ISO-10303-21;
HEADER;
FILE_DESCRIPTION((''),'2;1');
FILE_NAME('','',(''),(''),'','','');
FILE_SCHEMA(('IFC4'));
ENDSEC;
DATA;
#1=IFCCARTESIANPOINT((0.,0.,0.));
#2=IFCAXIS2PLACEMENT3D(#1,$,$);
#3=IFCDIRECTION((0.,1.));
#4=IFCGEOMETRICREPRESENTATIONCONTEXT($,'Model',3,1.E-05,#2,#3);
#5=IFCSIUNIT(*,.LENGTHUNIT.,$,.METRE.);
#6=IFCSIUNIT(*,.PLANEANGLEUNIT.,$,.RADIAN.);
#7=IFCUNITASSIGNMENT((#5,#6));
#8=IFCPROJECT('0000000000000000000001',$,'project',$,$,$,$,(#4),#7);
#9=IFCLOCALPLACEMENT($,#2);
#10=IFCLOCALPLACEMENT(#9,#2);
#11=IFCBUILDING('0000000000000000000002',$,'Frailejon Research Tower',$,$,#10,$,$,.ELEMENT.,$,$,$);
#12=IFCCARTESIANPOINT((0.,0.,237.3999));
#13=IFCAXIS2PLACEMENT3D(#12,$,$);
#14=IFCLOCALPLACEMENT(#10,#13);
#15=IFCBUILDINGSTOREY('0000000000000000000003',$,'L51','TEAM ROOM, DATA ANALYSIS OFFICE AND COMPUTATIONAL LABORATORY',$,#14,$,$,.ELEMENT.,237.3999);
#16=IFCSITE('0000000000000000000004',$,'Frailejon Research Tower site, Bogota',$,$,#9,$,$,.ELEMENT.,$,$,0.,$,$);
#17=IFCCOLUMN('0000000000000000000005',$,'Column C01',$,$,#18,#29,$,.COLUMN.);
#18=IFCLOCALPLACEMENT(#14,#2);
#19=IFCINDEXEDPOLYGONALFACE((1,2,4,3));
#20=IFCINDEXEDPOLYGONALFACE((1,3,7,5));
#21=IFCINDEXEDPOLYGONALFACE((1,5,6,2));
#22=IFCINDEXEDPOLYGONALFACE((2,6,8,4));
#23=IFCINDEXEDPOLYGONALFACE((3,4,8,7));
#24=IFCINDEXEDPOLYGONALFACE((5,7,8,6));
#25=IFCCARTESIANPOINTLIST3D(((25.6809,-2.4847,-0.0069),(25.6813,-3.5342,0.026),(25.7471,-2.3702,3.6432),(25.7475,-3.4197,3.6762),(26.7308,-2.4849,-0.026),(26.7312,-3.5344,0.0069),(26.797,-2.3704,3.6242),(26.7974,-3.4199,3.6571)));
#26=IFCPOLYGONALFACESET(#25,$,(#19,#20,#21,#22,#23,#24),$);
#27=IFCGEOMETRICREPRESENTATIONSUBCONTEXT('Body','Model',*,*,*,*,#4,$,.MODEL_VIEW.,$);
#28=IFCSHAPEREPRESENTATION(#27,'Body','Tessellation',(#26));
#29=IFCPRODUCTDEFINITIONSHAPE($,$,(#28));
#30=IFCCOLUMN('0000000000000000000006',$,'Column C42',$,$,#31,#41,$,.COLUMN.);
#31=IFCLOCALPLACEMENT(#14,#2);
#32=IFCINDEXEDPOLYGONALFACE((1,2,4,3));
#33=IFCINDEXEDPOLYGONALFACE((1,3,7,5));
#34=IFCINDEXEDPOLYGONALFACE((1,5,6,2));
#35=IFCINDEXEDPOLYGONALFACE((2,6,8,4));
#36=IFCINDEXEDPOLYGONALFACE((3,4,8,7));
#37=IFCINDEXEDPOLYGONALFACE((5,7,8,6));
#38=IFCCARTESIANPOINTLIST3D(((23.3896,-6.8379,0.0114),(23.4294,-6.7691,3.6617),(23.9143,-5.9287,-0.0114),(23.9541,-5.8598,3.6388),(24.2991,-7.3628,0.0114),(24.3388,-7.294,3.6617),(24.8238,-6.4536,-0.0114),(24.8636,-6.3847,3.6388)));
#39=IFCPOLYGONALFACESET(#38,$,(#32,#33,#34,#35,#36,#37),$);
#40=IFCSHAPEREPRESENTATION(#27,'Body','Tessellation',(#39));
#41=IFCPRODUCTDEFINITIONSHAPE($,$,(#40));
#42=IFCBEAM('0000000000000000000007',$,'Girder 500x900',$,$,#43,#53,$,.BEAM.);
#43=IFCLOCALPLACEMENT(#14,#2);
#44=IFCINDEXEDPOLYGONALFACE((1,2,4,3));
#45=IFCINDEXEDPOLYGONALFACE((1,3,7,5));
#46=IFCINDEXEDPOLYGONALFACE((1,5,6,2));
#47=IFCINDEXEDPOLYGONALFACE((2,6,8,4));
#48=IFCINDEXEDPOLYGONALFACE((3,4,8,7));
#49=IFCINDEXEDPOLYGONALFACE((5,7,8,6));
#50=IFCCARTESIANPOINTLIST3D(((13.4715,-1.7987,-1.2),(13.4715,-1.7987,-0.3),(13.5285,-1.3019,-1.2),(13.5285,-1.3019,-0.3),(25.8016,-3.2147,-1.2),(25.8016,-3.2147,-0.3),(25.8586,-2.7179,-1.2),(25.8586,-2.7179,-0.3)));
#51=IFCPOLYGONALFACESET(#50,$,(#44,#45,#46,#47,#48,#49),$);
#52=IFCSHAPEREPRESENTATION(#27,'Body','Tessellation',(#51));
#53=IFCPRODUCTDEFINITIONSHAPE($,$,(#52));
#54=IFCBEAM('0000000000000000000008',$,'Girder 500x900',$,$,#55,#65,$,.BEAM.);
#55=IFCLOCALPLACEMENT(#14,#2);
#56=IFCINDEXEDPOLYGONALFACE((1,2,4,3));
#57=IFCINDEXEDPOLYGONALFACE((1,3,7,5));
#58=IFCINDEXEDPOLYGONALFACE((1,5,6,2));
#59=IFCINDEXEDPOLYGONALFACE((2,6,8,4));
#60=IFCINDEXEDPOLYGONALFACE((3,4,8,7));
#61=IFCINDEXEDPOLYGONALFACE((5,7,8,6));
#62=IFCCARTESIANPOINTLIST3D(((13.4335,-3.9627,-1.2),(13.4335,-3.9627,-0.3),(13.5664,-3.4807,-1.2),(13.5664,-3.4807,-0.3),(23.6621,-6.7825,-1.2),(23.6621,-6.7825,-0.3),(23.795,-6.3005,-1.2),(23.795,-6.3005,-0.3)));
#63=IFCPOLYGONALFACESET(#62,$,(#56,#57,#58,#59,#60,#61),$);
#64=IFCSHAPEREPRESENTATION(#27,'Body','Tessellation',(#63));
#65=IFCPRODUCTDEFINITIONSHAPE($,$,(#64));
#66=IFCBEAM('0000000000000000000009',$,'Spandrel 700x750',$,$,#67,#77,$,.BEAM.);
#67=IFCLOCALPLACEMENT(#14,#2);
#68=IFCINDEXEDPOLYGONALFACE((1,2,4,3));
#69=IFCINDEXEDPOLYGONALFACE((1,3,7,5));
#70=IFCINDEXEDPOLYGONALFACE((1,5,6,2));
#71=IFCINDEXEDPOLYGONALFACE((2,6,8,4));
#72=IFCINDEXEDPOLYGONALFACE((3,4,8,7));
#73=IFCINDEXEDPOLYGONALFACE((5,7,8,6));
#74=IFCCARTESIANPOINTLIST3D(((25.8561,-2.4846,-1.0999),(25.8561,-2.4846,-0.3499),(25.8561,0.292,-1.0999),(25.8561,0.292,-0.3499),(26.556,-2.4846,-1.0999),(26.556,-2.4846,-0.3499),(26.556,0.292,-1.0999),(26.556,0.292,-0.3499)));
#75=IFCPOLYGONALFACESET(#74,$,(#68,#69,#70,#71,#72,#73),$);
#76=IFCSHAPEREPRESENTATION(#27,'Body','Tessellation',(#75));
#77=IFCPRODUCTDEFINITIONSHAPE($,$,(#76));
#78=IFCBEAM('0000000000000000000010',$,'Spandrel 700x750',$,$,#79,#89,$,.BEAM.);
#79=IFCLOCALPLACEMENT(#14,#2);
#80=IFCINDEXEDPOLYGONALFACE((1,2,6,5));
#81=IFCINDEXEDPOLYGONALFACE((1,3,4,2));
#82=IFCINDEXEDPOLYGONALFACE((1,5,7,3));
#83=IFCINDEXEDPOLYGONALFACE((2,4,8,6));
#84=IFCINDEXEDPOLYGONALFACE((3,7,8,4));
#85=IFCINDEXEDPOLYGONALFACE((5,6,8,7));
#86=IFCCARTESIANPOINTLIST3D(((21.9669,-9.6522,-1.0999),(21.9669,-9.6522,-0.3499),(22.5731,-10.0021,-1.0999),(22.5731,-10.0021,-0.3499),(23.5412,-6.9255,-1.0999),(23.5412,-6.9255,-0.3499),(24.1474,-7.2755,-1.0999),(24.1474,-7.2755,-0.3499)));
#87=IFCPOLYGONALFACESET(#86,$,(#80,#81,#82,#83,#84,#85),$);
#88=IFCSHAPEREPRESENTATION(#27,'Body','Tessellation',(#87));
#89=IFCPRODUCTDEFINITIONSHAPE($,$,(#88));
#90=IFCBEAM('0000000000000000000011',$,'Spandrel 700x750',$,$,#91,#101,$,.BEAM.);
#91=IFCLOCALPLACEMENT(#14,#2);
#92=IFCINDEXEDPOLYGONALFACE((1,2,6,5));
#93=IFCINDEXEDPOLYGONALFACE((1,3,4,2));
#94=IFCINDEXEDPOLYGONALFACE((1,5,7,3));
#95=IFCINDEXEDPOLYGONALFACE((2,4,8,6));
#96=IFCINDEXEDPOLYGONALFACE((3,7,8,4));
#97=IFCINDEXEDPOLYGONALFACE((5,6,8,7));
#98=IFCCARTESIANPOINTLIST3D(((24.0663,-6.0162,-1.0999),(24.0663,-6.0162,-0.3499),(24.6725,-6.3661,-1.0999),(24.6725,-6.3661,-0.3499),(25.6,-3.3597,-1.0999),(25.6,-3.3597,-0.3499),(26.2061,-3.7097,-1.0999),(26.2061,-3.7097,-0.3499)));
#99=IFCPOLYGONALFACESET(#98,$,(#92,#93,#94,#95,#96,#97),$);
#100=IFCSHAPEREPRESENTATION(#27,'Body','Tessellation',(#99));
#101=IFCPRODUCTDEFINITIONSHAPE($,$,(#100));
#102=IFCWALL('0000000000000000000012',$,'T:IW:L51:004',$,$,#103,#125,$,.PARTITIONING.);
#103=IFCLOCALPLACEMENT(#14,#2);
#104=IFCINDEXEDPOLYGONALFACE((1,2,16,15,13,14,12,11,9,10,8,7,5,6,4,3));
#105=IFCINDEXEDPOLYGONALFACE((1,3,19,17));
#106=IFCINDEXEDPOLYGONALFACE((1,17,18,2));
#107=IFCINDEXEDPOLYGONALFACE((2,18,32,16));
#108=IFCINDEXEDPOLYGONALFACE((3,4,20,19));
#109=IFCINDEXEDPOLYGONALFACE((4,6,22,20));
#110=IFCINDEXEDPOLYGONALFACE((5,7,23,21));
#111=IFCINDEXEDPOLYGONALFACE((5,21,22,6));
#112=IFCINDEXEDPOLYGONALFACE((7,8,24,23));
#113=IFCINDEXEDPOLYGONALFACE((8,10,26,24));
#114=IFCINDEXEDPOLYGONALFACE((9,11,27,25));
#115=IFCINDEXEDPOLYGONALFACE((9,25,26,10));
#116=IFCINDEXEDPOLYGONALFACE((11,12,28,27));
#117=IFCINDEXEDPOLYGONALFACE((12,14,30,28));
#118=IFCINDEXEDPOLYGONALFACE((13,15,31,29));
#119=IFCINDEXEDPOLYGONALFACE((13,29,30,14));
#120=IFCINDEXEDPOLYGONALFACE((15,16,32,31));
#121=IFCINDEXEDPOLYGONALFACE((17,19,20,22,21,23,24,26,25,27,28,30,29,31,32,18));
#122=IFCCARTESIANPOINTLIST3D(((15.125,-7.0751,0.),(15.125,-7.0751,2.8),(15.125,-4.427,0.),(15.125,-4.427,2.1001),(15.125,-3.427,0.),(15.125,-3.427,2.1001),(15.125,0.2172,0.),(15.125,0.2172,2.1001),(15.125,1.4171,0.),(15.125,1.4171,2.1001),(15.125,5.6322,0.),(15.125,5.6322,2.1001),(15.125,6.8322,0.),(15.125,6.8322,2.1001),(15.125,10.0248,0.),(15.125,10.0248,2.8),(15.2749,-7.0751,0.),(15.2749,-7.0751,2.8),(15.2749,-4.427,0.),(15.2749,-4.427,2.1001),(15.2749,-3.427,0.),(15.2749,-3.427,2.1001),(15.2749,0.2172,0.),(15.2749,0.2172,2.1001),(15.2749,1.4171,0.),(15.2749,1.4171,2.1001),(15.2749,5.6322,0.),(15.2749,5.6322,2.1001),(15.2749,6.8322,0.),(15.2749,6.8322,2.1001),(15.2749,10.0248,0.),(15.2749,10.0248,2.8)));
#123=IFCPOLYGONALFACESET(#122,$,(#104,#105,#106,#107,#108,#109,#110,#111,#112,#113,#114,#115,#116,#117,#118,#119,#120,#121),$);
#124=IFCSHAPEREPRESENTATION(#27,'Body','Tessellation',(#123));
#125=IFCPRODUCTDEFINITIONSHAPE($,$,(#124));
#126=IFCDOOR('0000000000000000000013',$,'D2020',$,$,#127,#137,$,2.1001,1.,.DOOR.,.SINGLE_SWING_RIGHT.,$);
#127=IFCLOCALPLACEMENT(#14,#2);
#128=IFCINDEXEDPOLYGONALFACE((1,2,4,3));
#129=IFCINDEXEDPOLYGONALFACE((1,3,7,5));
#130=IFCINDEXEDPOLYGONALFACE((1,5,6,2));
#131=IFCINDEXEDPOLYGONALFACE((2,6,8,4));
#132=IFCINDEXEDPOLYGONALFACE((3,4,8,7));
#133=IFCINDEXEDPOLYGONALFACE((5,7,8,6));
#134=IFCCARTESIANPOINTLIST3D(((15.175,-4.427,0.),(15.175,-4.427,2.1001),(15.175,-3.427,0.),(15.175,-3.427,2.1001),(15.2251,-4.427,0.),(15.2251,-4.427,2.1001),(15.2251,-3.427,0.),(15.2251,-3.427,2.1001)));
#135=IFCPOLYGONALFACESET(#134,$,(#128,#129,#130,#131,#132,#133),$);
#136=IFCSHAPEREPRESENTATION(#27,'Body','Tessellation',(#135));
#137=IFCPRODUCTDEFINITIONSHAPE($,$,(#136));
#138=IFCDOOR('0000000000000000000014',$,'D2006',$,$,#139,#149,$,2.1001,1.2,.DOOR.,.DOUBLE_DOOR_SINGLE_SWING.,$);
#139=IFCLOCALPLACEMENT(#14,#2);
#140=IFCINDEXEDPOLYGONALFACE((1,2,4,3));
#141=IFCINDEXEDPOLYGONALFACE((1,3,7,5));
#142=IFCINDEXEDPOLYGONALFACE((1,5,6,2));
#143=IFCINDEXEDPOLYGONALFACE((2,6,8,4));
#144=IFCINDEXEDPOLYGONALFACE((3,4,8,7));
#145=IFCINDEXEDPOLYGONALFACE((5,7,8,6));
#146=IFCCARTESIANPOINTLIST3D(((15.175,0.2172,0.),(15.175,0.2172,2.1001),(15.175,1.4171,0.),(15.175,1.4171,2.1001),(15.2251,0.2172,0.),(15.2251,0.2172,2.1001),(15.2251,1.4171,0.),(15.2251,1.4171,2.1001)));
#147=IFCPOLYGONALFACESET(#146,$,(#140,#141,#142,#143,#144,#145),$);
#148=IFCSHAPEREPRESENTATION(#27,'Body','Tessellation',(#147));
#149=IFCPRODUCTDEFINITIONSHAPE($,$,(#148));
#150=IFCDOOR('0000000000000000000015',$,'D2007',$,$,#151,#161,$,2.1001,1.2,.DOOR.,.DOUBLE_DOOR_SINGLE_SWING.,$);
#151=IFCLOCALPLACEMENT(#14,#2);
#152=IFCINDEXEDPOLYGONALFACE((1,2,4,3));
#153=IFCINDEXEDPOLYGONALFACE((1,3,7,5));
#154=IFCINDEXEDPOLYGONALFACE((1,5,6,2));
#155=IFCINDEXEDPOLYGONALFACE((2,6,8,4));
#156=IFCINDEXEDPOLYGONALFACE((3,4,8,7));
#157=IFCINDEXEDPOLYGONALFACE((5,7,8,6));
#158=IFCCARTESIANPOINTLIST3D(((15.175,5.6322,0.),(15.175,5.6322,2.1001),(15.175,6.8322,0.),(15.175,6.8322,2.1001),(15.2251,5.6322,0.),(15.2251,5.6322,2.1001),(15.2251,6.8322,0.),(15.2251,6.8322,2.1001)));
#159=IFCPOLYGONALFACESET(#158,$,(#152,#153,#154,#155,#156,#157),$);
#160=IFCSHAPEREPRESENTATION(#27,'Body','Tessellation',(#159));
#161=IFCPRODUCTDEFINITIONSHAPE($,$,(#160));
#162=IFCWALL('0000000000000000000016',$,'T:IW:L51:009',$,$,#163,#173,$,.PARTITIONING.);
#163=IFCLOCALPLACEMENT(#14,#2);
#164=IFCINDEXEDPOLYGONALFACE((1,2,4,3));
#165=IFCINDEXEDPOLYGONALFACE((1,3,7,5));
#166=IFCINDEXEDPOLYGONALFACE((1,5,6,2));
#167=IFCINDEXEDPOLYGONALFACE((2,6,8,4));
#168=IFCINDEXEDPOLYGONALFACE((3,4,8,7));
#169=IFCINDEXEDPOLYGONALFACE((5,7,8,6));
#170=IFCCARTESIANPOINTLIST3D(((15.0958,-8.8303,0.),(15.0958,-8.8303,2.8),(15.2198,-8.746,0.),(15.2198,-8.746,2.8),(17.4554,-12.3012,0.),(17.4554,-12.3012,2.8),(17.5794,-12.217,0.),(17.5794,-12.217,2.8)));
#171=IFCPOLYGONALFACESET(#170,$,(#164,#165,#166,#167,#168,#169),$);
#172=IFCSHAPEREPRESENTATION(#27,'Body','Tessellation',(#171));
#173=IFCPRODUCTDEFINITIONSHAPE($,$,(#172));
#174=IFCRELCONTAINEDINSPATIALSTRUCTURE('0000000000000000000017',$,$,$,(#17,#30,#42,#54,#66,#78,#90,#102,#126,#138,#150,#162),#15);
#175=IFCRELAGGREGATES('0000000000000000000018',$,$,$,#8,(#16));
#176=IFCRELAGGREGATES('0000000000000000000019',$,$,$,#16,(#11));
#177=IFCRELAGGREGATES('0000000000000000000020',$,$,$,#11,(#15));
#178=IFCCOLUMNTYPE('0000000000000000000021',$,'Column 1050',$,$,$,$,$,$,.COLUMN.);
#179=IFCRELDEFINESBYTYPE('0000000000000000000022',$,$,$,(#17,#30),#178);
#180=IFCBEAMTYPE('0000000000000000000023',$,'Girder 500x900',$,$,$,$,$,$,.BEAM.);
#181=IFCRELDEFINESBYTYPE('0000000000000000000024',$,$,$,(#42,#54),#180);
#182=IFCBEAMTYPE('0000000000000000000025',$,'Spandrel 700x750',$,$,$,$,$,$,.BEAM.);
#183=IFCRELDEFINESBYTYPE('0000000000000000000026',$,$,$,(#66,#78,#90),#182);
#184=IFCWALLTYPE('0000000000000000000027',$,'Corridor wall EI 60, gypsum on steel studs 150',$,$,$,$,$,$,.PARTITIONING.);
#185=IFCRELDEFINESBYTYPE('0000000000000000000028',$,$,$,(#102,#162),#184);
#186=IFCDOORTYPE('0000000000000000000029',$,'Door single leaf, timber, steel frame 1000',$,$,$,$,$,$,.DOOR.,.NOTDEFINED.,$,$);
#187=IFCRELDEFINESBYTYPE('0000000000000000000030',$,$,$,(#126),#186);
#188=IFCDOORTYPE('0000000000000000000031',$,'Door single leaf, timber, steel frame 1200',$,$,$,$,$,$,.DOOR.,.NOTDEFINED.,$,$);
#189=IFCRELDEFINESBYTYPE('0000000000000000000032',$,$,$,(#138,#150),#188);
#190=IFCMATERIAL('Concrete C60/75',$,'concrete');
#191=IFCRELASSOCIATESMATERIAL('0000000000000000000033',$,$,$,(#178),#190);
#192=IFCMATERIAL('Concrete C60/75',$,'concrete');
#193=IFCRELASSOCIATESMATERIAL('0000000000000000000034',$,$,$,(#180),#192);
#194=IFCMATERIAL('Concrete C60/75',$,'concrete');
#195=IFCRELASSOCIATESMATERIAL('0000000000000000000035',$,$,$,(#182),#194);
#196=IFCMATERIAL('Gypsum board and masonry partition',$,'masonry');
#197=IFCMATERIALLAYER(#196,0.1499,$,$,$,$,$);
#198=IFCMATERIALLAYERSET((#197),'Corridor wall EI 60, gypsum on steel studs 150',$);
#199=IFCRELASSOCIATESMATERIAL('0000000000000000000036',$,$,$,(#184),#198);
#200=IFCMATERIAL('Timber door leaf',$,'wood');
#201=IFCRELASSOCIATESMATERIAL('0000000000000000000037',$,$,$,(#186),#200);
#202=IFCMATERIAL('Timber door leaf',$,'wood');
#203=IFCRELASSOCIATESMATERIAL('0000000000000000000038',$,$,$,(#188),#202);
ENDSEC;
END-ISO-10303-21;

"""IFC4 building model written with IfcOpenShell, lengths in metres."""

from ifc_helpers import new_model, si_unit, direction, frame, frame_2d, origin, origin_2d, place, context, subcontext, project, spatial, rectangle, extrude, material, layer, layer_set, material_profile, profile_set, type_object, element, fill, save


model = new_model("IFC4")

# Units and contexts
model_context = context("Model", 3, precision=1e-05, world=origin(), true_north=direction((0.0, 1.0)))
body_context = subcontext(model_context, "Body", "Model", "MODEL_VIEW")
ifc_project = project(units=[si_unit("LENGTHUNIT", "METRE"), si_unit("PLANEANGLEUNIT", "RADIAN")], contexts=[model_context])

# Site, building, storey
site_placement = place(None, origin())
site = spatial("IfcSite", under=ifc_project, at=site_placement, Name="Frailejon Research Tower site, Bogota", CompositionType="ELEMENT", RefElevation=0.0)
building_placement = place(site_placement, origin())
building = spatial("IfcBuilding", under=site, at=building_placement, Name="Frailejon Research Tower", CompositionType="ELEMENT")
storey_placement = place(building_placement, frame((0.0, 0.0, 237.3999)))
storey = spatial("IfcBuildingStorey", under=building, at=storey_placement, Name="L51", Description="TEAM ROOM, DATA ANALYSIS OFFICE AND COMPUTATIONAL LABORATORY", CompositionType="ELEMENT", Elevation=237.3999)

# Columns
ifc_material_1 = material(Name="Concrete C60/75", Category="concrete")
ifc_material_profile_1 = material_profile(ifc_material_1, rectangle(XDim=1.05, YDim=1.05, at=origin_2d()), Name="Column 1050")
ifc_profile_set_1 = profile_set([ifc_material_profile_1], Name="Concrete C60/75")
column_type = type_object("IfcColumnType", Name="Column 1050", PredefinedType="COLUMN", material=ifc_profile_set_1)
column_1_placement = place(storey_placement, frame((26.2061, -3.0095, 0.0), z_axis=(0.018114, 0.031349, 0.999344), x_axis=(-0.000375, 0.999508, -0.031347)))
element("IfcColumn", 1, at=column_1_placement, inside=storey, type_object=column_type, Name="Column C01", PredefinedType="COLUMN", context=body_context, shape_type="SweptSolid", body=[
    extrude(rectangle(XDim=1.05, YDim=1.05, at=origin_2d()), origin(), (0.0, 0.0, 1.0), 3.6526),
])
column_2_placement = place(storey_placement, frame((24.1067, -6.6458, 0.0), z_axis=(0.0109, 0.018857, 0.999763), x_axis=(0.499729, 0.865908, -0.021781)))
element("IfcColumn", 2, at=column_2_placement, inside=storey, type_object=column_type, Name="Column C42", PredefinedType="COLUMN", context=body_context, shape_type="SweptSolid", body=[
    extrude(rectangle(XDim=1.05, YDim=1.05, at=origin_2d()), origin(), (0.0, 0.0, 1.0), 3.6511),
])

# Beams
ifc_material_2 = material(Name="Concrete C60/75", Category="concrete")
ifc_material_profile_2 = material_profile(ifc_material_2, rectangle(XDim=0.5, YDim=0.8999, at=origin_2d()), Name="Girder 500x900")
ifc_profile_set_2 = profile_set([ifc_material_profile_2], Name="Concrete C60/75")
beam_type_1 = type_object("IfcBeamType", Name="Girder 500x900", PredefinedType="BEAM", material=ifc_profile_set_2)
beam_1_placement = place(storey_placement, frame((25.8301, -2.9663, -0.75), z_axis=(-0.99347, 0.114092, 0.0), x_axis=(-0.114092, -0.99347, 0.0)))
element("IfcBeam", 3, at=beam_1_placement, inside=storey, type_object=beam_type_1, Name="Girder 500x900", PredefinedType="BEAM", context=body_context, shape_type="SweptSolid", body=[
    extrude(rectangle(XDim=0.5, YDim=0.8999, at=origin_2d()), origin(), (0.0, 0.0, 1.0), 12.4111),
])
beam_2_placement = place(storey_placement, frame((23.7285, -6.5415, -0.75), z_axis=(-0.964037, 0.265768, 0.0), x_axis=(-0.265768, -0.964037, 0.0)))
element("IfcBeam", 4, at=beam_2_placement, inside=storey, type_object=beam_type_1, Name="Girder 500x900", PredefinedType="BEAM", context=body_context, shape_type="SweptSolid", body=[
    extrude(rectangle(XDim=0.5, YDim=0.8999, at=origin_2d()), origin(), (0.0, 0.0, 1.0), 10.6101),
])
ifc_material_3 = material(Name="Concrete C60/75", Category="concrete")
ifc_material_profile_3 = material_profile(ifc_material_3, rectangle(XDim=0.7, YDim=0.75, at=origin_2d()), Name="Spandrel 700x750")
ifc_profile_set_3 = profile_set([ifc_material_profile_3], Name="Concrete C60/75")
beam_type_2 = type_object("IfcBeamType", Name="Spandrel 700x750", PredefinedType="BEAM", material=ifc_profile_set_3)
beam_3_placement = place(storey_placement, frame((26.2061, -2.4846, -0.7249), z_axis=(0.0, 1.0, 0.0), x_axis=(-1.0, 0.0, 0.0)))
element("IfcBeam", 5, at=beam_3_placement, inside=storey, type_object=beam_type_2, Name="Spandrel 700x750", PredefinedType="BEAM", context=body_context, shape_type="SweptSolid", body=[
    extrude(rectangle(XDim=0.7, YDim=0.75, at=origin_2d()), origin(), (0.0, 0.0, 1.0), 2.7766),
])
beam_4_placement = place(storey_placement, frame((22.27, -9.8271, -0.7249), z_axis=(0.500009, 0.86602, 0.0), x_axis=(-0.86602, 0.500009, 0.0)))
element("IfcBeam", 6, at=beam_4_placement, inside=storey, type_object=beam_type_2, Name="Spandrel 700x750", PredefinedType="BEAM", context=body_context, shape_type="SweptSolid", body=[
    extrude(rectangle(XDim=0.7, YDim=0.75, at=origin_2d()), origin(), (0.0, 0.0, 1.0), 3.1484),
])
beam_5_placement = place(storey_placement, frame((24.3694, -6.1912, -0.7249), z_axis=(0.499991, 0.866031, 0.0), x_axis=(-0.866031, 0.499991, 0.0)))
element("IfcBeam", 7, at=beam_5_placement, inside=storey, type_object=beam_type_2, Name="Spandrel 700x750", PredefinedType="BEAM", context=body_context, shape_type="SweptSolid", body=[
    extrude(rectangle(XDim=0.7, YDim=0.75, at=origin_2d()), origin(), (0.0, 0.0, 1.0), 3.0674),
])

# Wall, openings, doors
ifc_material_4 = material(Name="Gypsum board and masonry partition", Category="masonry")
ifc_layer_1 = layer(ifc_material_4, 0.1499)
ifc_layer_set_1 = layer_set([ifc_layer_1], Name="Corridor wall EI 60, gypsum on steel studs 150")
wall_type_1 = type_object("IfcWallType", Name="Corridor wall EI 60, gypsum on steel studs 150", PredefinedType="PARTITIONING", material=ifc_layer_set_1)
wall_1_placement = place(storey_placement, frame((15.2, -7.075, 0.0), z_axis=(0.0, 0.0, 1.0), x_axis=(0.0, 1.0, 0.0)))
wall_1 = element("IfcWall", 8, at=wall_1_placement, inside=storey, type_object=wall_type_1, Name="T:IW:L51:004", PredefinedType="PARTITIONING", context=body_context, shape_type="SweptSolid", body=[
    extrude(rectangle(XDim=17.0999, YDim=0.1499, at=frame_2d((8.5498, 0.0))), origin(), (0.0, 0.0, 1.0), 2.8),
])
opening_1_placement = place(wall_1_placement, frame((7.292, 0.0, 0.0)))
opening_1 = element("IfcOpeningElement", 9, at=opening_1_placement, cuts=wall_1, PredefinedType="OPENING", context=body_context, shape_type="SweptSolid", body=[
    extrude(rectangle(XDim=1.2, YDim=2.1001, at=frame_2d((0.6001, 1.05))), frame((0.0, 0.085, 0.0), z_axis=(0.0, -1.0, 0.0), x_axis=(1.0, 0.0, 0.0)), (0.0, 0.0, 1.0), 0.1699),
])
opening_2_placement = place(wall_1_placement, frame((12.707, 0.0, 0.0)))
opening_2 = element("IfcOpeningElement", 10, at=opening_2_placement, cuts=wall_1, PredefinedType="OPENING", context=body_context, shape_type="SweptSolid", body=[
    extrude(rectangle(XDim=1.2, YDim=2.1001, at=frame_2d((0.6001, 1.05))), frame((0.0, 0.085, 0.0), z_axis=(0.0, -1.0, 0.0), x_axis=(1.0, 0.0, 0.0)), (0.0, 0.0, 1.0), 0.1699),
])
opening_3_placement = place(wall_1_placement, frame((2.6479, 0.0, 0.0)))
opening_3 = element("IfcOpeningElement", 11, at=opening_3_placement, cuts=wall_1, PredefinedType="OPENING", context=body_context, shape_type="SweptSolid", body=[
    extrude(rectangle(XDim=1.0, YDim=2.1001, at=frame_2d((0.5, 1.05))), frame((0.0, 0.085, 0.0), z_axis=(0.0, -1.0, 0.0), x_axis=(1.0, 0.0, 0.0)), (0.0, 0.0, 1.0), 0.1699),
])
ifc_material_5 = material(Name="Timber door leaf", Category="wood")
door_type_1 = type_object("IfcDoorType", Name="Door single leaf, timber, steel frame 1000", OperationType="NOTDEFINED", PredefinedType="DOOR", material=ifc_material_5)
door_1_placement = place(opening_3_placement, origin())
door_1 = element("IfcDoor", 12, at=door_1_placement, inside=storey, type_object=door_type_1, Name="D2020", OperationType="SINGLE_SWING_RIGHT", OverallHeight=2.1001, OverallWidth=1.0, PredefinedType="DOOR", context=body_context, shape_type="SweptSolid", body=[
    extrude(rectangle(XDim=1.0, YDim=2.1001, at=frame_2d((0.5, 1.05))), frame((0.0, 0.0249, 0.0), z_axis=(0.0, -1.0, 0.0), x_axis=(1.0, 0.0, 0.0)), (0.0, 0.0, 1.0), 0.05),
])
fill(opening_3, door_1)
ifc_material_6 = material(Name="Timber door leaf", Category="wood")
door_type_2 = type_object("IfcDoorType", Name="Door single leaf, timber, steel frame 1200", OperationType="NOTDEFINED", PredefinedType="DOOR", material=ifc_material_6)
door_2_placement = place(opening_1_placement, origin())
door_2 = element("IfcDoor", 13, at=door_2_placement, inside=storey, type_object=door_type_2, Name="D2006", OperationType="DOUBLE_DOOR_SINGLE_SWING", OverallHeight=2.1001, OverallWidth=1.2, PredefinedType="DOOR", context=body_context, shape_type="SweptSolid", body=[
    extrude(rectangle(XDim=1.2, YDim=2.1001, at=frame_2d((0.6001, 1.05))), frame((0.0, 0.0249, 0.0), z_axis=(0.0, -1.0, 0.0), x_axis=(1.0, 0.0, 0.0)), (0.0, 0.0, 1.0), 0.05),
])
fill(opening_1, door_2)
door_3_placement = place(opening_2_placement, origin())
door_3 = element("IfcDoor", 14, at=door_3_placement, inside=storey, type_object=door_type_2, Name="D2007", OperationType="DOUBLE_DOOR_SINGLE_SWING", OverallHeight=2.1001, OverallWidth=1.2, PredefinedType="DOOR", context=body_context, shape_type="SweptSolid", body=[
    extrude(rectangle(XDim=1.2, YDim=2.1001, at=frame_2d((0.6001, 1.05))), frame((0.0, 0.0249, 0.0), z_axis=(0.0, -1.0, 0.0), x_axis=(1.0, 0.0, 0.0)), (0.0, 0.0, 1.0), 0.05),
])
fill(opening_2, door_3)

# Wall
wall_2_placement = place(storey_placement, frame((15.1577, -8.7881, 0.0), z_axis=(0.0, 0.0, 1.0), x_axis=(0.562208, -0.826996, 0.0)))
element("IfcWall", 15, at=wall_2_placement, inside=storey, type_object=wall_type_1, Name="T:IW:L51:009", PredefinedType="PARTITIONING", context=body_context, shape_type="SweptSolid", body=[
    extrude(rectangle(XDim=4.197, YDim=0.1499, at=frame_2d((2.0986, 0.0))), origin(), (0.0, 0.0, 1.0), 2.8),
])

save(model, "model.ifc")
